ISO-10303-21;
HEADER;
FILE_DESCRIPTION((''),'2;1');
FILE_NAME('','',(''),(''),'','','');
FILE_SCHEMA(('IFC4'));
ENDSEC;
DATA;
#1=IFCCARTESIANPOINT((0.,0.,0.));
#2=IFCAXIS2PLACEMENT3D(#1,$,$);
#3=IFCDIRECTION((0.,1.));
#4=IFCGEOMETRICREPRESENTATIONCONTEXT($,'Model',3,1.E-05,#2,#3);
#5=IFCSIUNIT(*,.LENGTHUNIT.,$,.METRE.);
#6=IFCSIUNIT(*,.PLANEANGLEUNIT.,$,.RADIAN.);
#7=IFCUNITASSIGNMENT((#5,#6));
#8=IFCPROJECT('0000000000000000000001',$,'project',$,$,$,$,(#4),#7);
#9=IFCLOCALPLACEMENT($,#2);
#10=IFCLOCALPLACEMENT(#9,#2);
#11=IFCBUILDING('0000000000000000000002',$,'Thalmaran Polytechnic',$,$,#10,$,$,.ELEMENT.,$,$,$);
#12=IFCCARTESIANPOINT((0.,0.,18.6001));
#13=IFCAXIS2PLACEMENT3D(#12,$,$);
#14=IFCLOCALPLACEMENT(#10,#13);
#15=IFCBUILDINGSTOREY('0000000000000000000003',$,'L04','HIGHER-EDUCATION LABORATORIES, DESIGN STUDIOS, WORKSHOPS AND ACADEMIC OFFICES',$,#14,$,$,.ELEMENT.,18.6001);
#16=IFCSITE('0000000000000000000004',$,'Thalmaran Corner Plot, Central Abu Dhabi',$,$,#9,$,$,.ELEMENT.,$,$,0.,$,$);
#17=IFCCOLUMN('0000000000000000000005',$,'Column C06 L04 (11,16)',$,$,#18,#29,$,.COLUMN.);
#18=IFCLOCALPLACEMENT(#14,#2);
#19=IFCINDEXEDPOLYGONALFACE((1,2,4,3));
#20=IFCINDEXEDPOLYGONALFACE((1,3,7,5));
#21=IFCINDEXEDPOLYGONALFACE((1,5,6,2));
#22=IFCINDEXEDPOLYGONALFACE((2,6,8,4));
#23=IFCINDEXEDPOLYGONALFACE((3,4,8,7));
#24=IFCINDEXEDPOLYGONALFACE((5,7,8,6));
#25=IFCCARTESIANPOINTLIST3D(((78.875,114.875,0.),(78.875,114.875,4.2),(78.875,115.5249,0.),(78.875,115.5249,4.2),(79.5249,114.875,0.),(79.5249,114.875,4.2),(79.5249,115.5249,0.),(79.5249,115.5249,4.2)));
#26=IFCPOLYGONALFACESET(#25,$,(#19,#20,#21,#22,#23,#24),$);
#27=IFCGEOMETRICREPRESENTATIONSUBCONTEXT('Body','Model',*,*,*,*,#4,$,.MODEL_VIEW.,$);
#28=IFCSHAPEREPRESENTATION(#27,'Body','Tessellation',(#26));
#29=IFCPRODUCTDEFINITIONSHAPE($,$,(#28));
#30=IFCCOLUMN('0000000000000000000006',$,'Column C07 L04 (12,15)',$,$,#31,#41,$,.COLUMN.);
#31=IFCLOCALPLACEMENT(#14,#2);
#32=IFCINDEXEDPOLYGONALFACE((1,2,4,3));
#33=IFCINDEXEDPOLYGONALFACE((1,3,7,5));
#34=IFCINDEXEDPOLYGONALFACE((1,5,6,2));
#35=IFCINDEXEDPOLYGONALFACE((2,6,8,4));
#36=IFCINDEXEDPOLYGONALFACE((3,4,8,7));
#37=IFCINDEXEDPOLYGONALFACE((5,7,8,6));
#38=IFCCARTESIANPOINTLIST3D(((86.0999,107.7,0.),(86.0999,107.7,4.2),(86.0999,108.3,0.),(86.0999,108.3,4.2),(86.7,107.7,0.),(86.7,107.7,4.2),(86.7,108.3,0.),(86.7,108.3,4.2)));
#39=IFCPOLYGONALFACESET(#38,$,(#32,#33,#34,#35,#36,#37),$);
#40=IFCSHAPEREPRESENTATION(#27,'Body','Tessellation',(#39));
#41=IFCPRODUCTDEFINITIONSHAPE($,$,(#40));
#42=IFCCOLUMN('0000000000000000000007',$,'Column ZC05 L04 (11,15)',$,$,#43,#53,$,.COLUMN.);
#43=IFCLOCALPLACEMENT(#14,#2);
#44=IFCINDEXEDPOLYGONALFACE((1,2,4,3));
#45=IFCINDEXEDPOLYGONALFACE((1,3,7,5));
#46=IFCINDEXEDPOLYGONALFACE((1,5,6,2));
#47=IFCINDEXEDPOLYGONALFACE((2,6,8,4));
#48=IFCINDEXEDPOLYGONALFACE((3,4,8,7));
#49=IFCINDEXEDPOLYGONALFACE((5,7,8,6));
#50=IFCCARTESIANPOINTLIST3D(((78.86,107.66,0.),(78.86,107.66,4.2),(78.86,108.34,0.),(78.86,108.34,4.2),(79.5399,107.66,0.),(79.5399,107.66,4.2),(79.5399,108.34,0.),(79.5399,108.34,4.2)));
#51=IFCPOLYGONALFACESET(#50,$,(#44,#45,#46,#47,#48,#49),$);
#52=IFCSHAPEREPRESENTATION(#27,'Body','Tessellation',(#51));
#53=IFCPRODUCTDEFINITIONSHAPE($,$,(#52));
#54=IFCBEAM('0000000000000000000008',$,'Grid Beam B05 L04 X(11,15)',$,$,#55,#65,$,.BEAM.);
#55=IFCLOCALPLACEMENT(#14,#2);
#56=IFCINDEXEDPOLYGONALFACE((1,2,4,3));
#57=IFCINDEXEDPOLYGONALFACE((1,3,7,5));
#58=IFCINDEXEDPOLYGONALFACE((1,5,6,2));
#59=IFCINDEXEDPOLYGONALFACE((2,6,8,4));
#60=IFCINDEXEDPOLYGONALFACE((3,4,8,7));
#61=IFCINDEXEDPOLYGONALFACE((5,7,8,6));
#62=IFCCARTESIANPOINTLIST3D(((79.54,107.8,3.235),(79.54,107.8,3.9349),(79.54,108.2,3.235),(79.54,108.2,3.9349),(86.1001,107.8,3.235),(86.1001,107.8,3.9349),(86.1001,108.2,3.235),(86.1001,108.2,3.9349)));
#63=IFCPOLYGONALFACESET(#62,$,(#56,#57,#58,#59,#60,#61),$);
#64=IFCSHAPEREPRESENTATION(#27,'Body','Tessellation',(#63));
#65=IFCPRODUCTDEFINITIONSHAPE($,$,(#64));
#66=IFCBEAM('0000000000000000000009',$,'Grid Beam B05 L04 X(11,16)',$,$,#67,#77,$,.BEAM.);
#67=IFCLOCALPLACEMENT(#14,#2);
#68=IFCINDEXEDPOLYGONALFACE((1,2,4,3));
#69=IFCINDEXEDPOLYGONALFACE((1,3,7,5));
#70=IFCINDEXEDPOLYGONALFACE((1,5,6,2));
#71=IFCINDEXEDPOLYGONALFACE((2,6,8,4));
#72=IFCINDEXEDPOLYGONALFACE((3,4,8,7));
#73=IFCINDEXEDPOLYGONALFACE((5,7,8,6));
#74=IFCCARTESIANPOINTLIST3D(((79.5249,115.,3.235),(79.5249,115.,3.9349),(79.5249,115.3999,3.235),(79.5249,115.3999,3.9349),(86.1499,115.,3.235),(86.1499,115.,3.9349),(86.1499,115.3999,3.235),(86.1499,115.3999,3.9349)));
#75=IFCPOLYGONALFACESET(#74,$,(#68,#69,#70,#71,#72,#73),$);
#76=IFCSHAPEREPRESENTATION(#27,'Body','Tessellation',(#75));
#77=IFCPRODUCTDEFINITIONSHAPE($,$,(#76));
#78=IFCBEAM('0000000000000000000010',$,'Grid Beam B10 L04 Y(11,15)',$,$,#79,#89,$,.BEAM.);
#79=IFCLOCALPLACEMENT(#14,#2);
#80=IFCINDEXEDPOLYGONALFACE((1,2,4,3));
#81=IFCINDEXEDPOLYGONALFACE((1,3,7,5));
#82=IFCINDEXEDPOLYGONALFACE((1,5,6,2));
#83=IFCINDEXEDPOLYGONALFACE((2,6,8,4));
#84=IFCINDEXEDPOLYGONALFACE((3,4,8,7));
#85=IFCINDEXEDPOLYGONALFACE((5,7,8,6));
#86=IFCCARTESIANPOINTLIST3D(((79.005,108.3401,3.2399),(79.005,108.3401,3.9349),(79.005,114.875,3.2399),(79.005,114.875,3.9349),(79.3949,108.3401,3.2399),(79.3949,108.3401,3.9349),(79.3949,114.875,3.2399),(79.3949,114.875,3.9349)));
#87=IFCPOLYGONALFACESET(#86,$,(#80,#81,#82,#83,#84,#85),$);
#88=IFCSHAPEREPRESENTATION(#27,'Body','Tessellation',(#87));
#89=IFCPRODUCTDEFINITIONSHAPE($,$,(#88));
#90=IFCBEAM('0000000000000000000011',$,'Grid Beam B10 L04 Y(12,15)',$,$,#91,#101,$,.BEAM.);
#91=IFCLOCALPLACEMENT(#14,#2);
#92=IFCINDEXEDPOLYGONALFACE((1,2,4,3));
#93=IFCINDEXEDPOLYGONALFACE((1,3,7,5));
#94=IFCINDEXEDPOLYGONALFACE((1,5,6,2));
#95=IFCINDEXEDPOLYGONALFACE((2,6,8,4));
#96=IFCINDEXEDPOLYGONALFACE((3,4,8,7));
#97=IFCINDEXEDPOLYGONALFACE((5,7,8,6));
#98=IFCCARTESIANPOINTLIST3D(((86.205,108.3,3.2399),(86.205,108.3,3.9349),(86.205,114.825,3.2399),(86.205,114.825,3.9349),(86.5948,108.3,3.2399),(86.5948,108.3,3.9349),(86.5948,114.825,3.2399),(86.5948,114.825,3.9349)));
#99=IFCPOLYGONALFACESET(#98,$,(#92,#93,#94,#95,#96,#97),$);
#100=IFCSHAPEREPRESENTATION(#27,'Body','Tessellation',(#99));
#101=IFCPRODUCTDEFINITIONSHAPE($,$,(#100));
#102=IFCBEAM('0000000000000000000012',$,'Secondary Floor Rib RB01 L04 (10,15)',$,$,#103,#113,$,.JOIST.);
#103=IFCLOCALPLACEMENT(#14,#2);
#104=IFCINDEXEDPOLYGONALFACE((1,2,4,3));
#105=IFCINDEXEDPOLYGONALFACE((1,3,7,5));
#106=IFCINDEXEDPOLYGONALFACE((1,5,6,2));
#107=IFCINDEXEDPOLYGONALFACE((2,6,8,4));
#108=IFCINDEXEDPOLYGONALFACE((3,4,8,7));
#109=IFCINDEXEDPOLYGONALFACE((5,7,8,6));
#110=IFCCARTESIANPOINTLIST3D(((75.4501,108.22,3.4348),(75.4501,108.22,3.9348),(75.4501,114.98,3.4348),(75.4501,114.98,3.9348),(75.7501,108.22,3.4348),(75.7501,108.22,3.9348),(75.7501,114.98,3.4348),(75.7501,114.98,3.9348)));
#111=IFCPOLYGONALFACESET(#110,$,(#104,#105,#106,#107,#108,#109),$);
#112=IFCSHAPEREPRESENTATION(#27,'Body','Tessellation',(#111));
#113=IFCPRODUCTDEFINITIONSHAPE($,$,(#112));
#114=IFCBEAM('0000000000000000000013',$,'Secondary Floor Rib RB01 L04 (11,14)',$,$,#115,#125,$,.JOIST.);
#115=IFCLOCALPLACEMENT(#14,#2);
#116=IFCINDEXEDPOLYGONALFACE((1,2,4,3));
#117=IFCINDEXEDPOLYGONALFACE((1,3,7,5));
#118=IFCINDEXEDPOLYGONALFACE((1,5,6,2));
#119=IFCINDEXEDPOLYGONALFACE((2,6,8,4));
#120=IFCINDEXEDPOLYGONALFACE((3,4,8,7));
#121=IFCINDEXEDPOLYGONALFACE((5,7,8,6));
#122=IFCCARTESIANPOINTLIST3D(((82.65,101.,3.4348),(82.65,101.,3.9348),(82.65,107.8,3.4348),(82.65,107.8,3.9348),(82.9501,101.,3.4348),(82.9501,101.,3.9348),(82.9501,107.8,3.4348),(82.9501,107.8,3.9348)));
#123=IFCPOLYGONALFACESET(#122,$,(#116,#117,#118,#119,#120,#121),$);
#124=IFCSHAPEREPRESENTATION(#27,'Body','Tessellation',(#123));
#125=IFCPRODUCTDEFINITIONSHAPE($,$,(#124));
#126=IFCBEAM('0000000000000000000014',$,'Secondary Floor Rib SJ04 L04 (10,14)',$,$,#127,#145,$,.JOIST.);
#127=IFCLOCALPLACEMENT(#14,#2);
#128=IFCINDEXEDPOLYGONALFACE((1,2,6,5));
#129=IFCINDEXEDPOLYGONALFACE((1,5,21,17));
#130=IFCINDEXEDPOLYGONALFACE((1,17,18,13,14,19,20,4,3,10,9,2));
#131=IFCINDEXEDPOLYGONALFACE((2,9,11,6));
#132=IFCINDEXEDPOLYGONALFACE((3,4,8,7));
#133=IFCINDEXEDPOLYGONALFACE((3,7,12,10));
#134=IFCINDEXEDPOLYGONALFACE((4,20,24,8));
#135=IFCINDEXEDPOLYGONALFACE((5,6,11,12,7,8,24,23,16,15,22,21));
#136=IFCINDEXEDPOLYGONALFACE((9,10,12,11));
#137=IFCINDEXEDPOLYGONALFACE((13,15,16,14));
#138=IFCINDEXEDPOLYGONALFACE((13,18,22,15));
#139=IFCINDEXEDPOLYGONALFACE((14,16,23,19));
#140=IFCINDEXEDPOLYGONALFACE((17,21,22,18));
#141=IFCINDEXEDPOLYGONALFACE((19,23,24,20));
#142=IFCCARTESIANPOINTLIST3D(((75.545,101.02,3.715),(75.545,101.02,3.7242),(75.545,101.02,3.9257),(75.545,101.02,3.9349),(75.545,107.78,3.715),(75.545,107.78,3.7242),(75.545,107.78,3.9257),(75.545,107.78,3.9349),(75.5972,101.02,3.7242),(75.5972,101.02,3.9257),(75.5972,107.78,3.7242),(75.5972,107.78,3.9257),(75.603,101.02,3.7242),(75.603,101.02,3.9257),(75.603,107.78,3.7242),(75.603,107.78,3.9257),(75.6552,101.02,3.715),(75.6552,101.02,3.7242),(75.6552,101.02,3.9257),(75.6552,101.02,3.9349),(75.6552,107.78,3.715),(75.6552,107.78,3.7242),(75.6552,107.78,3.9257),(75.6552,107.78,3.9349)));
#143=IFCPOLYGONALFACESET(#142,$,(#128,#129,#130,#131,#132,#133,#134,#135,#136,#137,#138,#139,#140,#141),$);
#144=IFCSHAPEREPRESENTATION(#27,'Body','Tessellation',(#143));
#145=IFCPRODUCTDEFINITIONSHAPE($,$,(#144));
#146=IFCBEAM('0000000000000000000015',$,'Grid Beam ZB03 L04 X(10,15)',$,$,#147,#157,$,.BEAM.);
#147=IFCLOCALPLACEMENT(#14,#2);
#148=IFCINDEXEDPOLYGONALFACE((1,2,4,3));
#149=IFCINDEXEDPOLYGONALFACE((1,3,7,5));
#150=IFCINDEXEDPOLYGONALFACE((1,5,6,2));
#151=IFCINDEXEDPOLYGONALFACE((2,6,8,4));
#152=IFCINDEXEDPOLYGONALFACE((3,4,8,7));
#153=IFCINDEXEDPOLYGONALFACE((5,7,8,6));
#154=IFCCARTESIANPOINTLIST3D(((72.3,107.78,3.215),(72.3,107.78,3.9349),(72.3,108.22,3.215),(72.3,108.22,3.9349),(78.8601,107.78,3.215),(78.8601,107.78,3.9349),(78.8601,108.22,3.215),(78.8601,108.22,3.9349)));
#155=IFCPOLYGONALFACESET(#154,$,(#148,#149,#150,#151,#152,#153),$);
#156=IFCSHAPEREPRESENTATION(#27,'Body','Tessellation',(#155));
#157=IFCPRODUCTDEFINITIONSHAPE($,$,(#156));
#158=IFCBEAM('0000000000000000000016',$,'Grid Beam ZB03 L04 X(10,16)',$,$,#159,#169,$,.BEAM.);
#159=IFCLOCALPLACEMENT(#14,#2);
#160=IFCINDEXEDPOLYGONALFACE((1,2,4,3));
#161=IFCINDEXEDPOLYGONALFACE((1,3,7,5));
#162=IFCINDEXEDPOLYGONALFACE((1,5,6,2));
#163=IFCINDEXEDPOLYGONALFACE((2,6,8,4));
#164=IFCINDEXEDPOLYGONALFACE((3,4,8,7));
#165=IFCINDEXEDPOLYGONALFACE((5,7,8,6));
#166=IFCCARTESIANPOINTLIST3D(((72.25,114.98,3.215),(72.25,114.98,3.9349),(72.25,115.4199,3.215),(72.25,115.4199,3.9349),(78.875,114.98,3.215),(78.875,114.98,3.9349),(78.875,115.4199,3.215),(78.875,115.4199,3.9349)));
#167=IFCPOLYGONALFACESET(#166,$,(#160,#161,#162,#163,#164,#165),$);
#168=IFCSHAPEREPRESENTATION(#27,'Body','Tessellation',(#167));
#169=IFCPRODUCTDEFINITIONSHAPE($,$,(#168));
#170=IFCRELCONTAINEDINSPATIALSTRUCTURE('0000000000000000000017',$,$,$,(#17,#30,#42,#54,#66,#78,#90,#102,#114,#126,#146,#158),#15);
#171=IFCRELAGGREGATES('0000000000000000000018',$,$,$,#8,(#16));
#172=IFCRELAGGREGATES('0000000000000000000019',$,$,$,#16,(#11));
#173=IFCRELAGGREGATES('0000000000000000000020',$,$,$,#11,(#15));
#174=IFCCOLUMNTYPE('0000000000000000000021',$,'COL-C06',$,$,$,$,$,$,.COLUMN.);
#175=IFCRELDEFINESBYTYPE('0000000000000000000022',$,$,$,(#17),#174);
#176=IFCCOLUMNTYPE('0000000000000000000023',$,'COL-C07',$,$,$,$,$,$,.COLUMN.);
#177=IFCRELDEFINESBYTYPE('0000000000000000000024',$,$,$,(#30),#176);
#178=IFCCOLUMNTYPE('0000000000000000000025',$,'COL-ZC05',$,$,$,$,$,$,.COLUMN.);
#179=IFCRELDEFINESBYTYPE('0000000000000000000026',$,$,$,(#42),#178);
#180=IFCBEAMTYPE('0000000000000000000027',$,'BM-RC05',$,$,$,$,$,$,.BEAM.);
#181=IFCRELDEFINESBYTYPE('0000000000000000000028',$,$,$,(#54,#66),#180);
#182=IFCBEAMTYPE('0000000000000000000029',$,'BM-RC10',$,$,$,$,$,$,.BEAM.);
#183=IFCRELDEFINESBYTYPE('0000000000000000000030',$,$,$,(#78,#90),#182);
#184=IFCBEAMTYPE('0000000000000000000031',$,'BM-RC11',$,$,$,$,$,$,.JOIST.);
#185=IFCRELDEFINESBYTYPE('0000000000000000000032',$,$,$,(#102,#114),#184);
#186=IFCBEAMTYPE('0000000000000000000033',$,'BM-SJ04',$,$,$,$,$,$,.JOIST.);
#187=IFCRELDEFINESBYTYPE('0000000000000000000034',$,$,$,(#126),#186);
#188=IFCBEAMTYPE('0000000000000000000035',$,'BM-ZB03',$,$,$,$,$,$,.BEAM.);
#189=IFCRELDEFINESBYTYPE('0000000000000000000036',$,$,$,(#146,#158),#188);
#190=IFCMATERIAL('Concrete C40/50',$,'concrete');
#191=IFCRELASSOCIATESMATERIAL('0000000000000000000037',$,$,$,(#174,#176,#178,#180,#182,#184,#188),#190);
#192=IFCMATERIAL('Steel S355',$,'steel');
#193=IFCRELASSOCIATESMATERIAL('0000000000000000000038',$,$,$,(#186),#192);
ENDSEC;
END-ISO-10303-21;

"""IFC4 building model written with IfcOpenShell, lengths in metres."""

from ifc_helpers import new_model, si_unit, direction, frame, origin, origin_2d, place, context, subcontext, project, spatial, rectangle, i_section, extrude, material, material_profile, profile_set, type_object, element, save


model = new_model("IFC4")

# Units and contexts
model_context = context("Model", 3, precision=1e-05, world=origin(), true_north=direction((0.0, 1.0)))
body_context = subcontext(model_context, "Body", "Model", "MODEL_VIEW")
ifc_project = project(units=[si_unit("LENGTHUNIT", "METRE"), si_unit("PLANEANGLEUNIT", "RADIAN")], contexts=[model_context])

# Site, building, storey
site_placement = place(None, origin())
site = spatial("IfcSite", under=ifc_project, at=site_placement, Name="Thalmaran Corner Plot, Central Abu Dhabi", CompositionType="ELEMENT", RefElevation=0.0)
building_placement = place(site_placement, origin())
building = spatial("IfcBuilding", under=site, at=building_placement, Name="Thalmaran Polytechnic", CompositionType="ELEMENT")
storey_placement = place(building_placement, frame((0.0, 0.0, 18.6001)))
storey = spatial("IfcBuildingStorey", under=building, at=storey_placement, Name="L04", Description="HIGHER-EDUCATION LABORATORIES, DESIGN STUDIOS, WORKSHOPS AND ACADEMIC OFFICES", CompositionType="ELEMENT", Elevation=18.6001)

# Columns
ifc_material_1 = material(Name="Concrete C40/50", Category="concrete")
ifc_material_profile_1 = material_profile(ifc_material_1, rectangle(XDim=0.6499, YDim=0.6499, at=origin_2d()), Name="RC 650x650")
ifc_profile_set_1 = profile_set([ifc_material_profile_1], Name="Concrete C40/50")
column_type_1 = type_object("IfcColumnType", Name="COL-C06", PredefinedType="COLUMN", material=ifc_profile_set_1)
column_1_placement = place(storey_placement, frame((79.2, 115.2, 0.0), z_axis=(0.0, 0.0, 1.0), x_axis=(1.0, 0.0, 0.0)))
element("IfcColumn", 1, at=column_1_placement, inside=storey, type_object=column_type_1, Name="Column C06 L04 (11,16)", PredefinedType="COLUMN", context=body_context, shape_type="SweptSolid", body=[
    extrude(rectangle(XDim=0.6499, YDim=0.6499, at=origin_2d()), origin(), (0.0, 0.0, 1.0), 4.2),
])
ifc_material_profile_2 = material_profile(ifc_material_1, rectangle(XDim=0.6001, YDim=0.6001, at=origin_2d()), Name="RC 600x600")
ifc_profile_set_2 = profile_set([ifc_material_profile_2], Name="Concrete C40/50")
column_type_2 = type_object("IfcColumnType", Name="COL-C07", PredefinedType="COLUMN", material=ifc_profile_set_2)
column_2_placement = place(storey_placement, frame((86.3999, 108.0, 0.0), z_axis=(0.0, 0.0, 1.0), x_axis=(1.0, 0.0, 0.0)))
element("IfcColumn", 2, at=column_2_placement, inside=storey, type_object=column_type_2, Name="Column C07 L04 (12,15)", PredefinedType="COLUMN", context=body_context, shape_type="SweptSolid", body=[
    extrude(rectangle(XDim=0.6001, YDim=0.6001, at=origin_2d()), origin(), (0.0, 0.0, 1.0), 4.2),
])
ifc_material_profile_3 = material_profile(ifc_material_1, rectangle(XDim=0.6799, YDim=0.6799, at=origin_2d()), Name="RC 680x680")
ifc_profile_set_3 = profile_set([ifc_material_profile_3], Name="Concrete C40/50")
column_type_3 = type_object("IfcColumnType", Name="COL-ZC05", PredefinedType="COLUMN", material=ifc_profile_set_3)
column_3_placement = place(storey_placement, frame((79.2, 108.0, 0.0), z_axis=(0.0, 0.0, 1.0), x_axis=(1.0, 0.0, 0.0)))
element("IfcColumn", 3, at=column_3_placement, inside=storey, type_object=column_type_3, Name="Column ZC05 L04 (11,15)", PredefinedType="COLUMN", context=body_context, shape_type="SweptSolid", body=[
    extrude(rectangle(XDim=0.6799, YDim=0.6799, at=origin_2d()), origin(), (0.0, 0.0, 1.0), 4.2),
])

# Beams
ifc_material_profile_4 = material_profile(ifc_material_1, rectangle(XDim=0.3999, YDim=0.7, at=origin_2d()), Name="RC 400x700")
ifc_profile_set_4 = profile_set([ifc_material_profile_4], Name="Concrete C40/50")
beam_type_1 = type_object("IfcBeamType", Name="BM-RC05", PredefinedType="BEAM", material=ifc_profile_set_4)
beam_1_placement = place(storey_placement, frame((79.54, 108.0, 3.585), z_axis=(1.0, 0.0, 0.0), x_axis=(0.0, 1.0, 0.0)))
element("IfcBeam", 4, at=beam_1_placement, inside=storey, type_object=beam_type_1, Name="Grid Beam B05 L04 X(11,15)", PredefinedType="BEAM", context=body_context, shape_type="SweptSolid", body=[
    extrude(rectangle(XDim=0.3999, YDim=0.7, at=origin_2d()), origin(), (0.0, 0.0, 1.0), 6.5601),
])
beam_2_placement = place(storey_placement, frame((79.5249, 115.2, 3.585), z_axis=(1.0, 0.0, 0.0), x_axis=(0.0, 1.0, 0.0)))
element("IfcBeam", 5, at=beam_2_placement, inside=storey, type_object=beam_type_1, Name="Grid Beam B05 L04 X(11,16)", PredefinedType="BEAM", context=body_context, shape_type="SweptSolid", body=[
    extrude(rectangle(XDim=0.3999, YDim=0.7, at=origin_2d()), origin(), (0.0, 0.0, 1.0), 6.625),
])
ifc_material_profile_5 = material_profile(ifc_material_1, rectangle(XDim=0.3899, YDim=0.6951, at=origin_2d()), Name="RC 390x695")
ifc_profile_set_5 = profile_set([ifc_material_profile_5], Name="Concrete C40/50")
beam_type_2 = type_object("IfcBeamType", Name="BM-RC10", PredefinedType="BEAM", material=ifc_profile_set_5)
beam_3_placement = place(storey_placement, frame((79.2, 108.3401, 3.5874), z_axis=(0.0, 1.0, 0.0), x_axis=(-1.0, 0.0, 0.0)))
element("IfcBeam", 6, at=beam_3_placement, inside=storey, type_object=beam_type_2, Name="Grid Beam B10 L04 Y(11,15)", PredefinedType="BEAM", context=body_context, shape_type="SweptSolid", body=[
    extrude(rectangle(XDim=0.3899, YDim=0.6951, at=origin_2d()), origin(), (0.0, 0.0, 1.0), 6.5349),
])
beam_4_placement = place(storey_placement, frame((86.3999, 108.3, 3.5874), z_axis=(0.0, 1.0, 0.0), x_axis=(-1.0, 0.0, 0.0)))
element("IfcBeam", 7, at=beam_4_placement, inside=storey, type_object=beam_type_2, Name="Grid Beam B10 L04 Y(12,15)", PredefinedType="BEAM", context=body_context, shape_type="SweptSolid", body=[
    extrude(rectangle(XDim=0.3899, YDim=0.6951, at=origin_2d()), origin(), (0.0, 0.0, 1.0), 6.5249),
])
ifc_material_profile_6 = material_profile(ifc_material_1, rectangle(XDim=0.3, YDim=0.5, at=origin_2d()), Name="RC 300x500")
ifc_profile_set_6 = profile_set([ifc_material_profile_6], Name="Concrete C40/50")
beam_type_3 = type_object("IfcBeamType", Name="BM-RC11", PredefinedType="JOIST", material=ifc_profile_set_6)
beam_5_placement = place(storey_placement, frame((75.6001, 108.22, 3.6848), z_axis=(0.0, 1.0, 0.0), x_axis=(-1.0, 0.0, 0.0)))
element("IfcBeam", 8, at=beam_5_placement, inside=storey, type_object=beam_type_3, Name="Secondary Floor Rib RB01 L04 (10,15)", PredefinedType="JOIST", context=body_context, shape_type="SweptSolid", body=[
    extrude(rectangle(XDim=0.3, YDim=0.5, at=origin_2d()), origin(), (0.0, 0.0, 1.0), 6.76),
])
beam_6_placement = place(storey_placement, frame((82.8, 101.0, 3.6848), z_axis=(0.0, 1.0, 0.0), x_axis=(-1.0, 0.0, 0.0)))
element("IfcBeam", 9, at=beam_6_placement, inside=storey, type_object=beam_type_3, Name="Secondary Floor Rib RB01 L04 (11,14)", PredefinedType="JOIST", context=body_context, shape_type="SweptSolid", body=[
    extrude(rectangle(XDim=0.3, YDim=0.5, at=origin_2d()), origin(), (0.0, 0.0, 1.0), 6.8),
])
ifc_material_2 = material(Name="Steel S355", Category="steel")
ifc_material_profile_7 = material_profile(ifc_material_2, i_section(OverallWidth=0.1101, OverallDepth=0.22, WebThickness=0.0059, FlangeThickness=0.0093, at=origin_2d()), Name="IPE 220")
ifc_profile_set_7 = profile_set([ifc_material_profile_7], Name="Steel S355")
beam_type_4 = type_object("IfcBeamType", Name="BM-SJ04", PredefinedType="JOIST", material=ifc_profile_set_7)
beam_7_placement = place(storey_placement, frame((75.6001, 101.02, 3.825), z_axis=(0.0, 1.0, 0.0), x_axis=(-1.0, 0.0, 0.0)))
element("IfcBeam", 10, at=beam_7_placement, inside=storey, type_object=beam_type_4, Name="Secondary Floor Rib SJ04 L04 (10,14)", PredefinedType="JOIST", context=body_context, shape_type="SweptSolid", body=[
    extrude(i_section(OverallWidth=0.1101, OverallDepth=0.22, WebThickness=0.0059, FlangeThickness=0.0093, at=origin_2d()), origin(), (0.0, 0.0, 1.0), 6.76),
])
ifc_material_profile_8 = material_profile(ifc_material_1, rectangle(XDim=0.4399, YDim=0.72, at=origin_2d()), Name="RC 440x720")
ifc_profile_set_8 = profile_set([ifc_material_profile_8], Name="Concrete C40/50")
beam_type_5 = type_object("IfcBeamType", Name="BM-ZB03", PredefinedType="BEAM", material=ifc_profile_set_8)
beam_8_placement = place(storey_placement, frame((72.3, 108.0, 3.575), z_axis=(1.0, 0.0, 0.0), x_axis=(0.0, 1.0, 0.0)))
element("IfcBeam", 11, at=beam_8_placement, inside=storey, type_object=beam_type_5, Name="Grid Beam ZB03 L04 X(10,15)", PredefinedType="BEAM", context=body_context, shape_type="SweptSolid", body=[
    extrude(rectangle(XDim=0.4399, YDim=0.72, at=origin_2d()), origin(), (0.0, 0.0, 1.0), 6.5601),
])
beam_9_placement = place(storey_placement, frame((72.25, 115.2, 3.575), z_axis=(1.0, 0.0, 0.0), x_axis=(0.0, 1.0, 0.0)))
element("IfcBeam", 12, at=beam_9_placement, inside=storey, type_object=beam_type_5, Name="Grid Beam ZB03 L04 X(10,16)", PredefinedType="BEAM", context=body_context, shape_type="SweptSolid", body=[
    extrude(rectangle(XDim=0.4399, YDim=0.72, at=origin_2d()), origin(), (0.0, 0.0, 1.0), 6.625),
])

save(model, "model.ifc")
